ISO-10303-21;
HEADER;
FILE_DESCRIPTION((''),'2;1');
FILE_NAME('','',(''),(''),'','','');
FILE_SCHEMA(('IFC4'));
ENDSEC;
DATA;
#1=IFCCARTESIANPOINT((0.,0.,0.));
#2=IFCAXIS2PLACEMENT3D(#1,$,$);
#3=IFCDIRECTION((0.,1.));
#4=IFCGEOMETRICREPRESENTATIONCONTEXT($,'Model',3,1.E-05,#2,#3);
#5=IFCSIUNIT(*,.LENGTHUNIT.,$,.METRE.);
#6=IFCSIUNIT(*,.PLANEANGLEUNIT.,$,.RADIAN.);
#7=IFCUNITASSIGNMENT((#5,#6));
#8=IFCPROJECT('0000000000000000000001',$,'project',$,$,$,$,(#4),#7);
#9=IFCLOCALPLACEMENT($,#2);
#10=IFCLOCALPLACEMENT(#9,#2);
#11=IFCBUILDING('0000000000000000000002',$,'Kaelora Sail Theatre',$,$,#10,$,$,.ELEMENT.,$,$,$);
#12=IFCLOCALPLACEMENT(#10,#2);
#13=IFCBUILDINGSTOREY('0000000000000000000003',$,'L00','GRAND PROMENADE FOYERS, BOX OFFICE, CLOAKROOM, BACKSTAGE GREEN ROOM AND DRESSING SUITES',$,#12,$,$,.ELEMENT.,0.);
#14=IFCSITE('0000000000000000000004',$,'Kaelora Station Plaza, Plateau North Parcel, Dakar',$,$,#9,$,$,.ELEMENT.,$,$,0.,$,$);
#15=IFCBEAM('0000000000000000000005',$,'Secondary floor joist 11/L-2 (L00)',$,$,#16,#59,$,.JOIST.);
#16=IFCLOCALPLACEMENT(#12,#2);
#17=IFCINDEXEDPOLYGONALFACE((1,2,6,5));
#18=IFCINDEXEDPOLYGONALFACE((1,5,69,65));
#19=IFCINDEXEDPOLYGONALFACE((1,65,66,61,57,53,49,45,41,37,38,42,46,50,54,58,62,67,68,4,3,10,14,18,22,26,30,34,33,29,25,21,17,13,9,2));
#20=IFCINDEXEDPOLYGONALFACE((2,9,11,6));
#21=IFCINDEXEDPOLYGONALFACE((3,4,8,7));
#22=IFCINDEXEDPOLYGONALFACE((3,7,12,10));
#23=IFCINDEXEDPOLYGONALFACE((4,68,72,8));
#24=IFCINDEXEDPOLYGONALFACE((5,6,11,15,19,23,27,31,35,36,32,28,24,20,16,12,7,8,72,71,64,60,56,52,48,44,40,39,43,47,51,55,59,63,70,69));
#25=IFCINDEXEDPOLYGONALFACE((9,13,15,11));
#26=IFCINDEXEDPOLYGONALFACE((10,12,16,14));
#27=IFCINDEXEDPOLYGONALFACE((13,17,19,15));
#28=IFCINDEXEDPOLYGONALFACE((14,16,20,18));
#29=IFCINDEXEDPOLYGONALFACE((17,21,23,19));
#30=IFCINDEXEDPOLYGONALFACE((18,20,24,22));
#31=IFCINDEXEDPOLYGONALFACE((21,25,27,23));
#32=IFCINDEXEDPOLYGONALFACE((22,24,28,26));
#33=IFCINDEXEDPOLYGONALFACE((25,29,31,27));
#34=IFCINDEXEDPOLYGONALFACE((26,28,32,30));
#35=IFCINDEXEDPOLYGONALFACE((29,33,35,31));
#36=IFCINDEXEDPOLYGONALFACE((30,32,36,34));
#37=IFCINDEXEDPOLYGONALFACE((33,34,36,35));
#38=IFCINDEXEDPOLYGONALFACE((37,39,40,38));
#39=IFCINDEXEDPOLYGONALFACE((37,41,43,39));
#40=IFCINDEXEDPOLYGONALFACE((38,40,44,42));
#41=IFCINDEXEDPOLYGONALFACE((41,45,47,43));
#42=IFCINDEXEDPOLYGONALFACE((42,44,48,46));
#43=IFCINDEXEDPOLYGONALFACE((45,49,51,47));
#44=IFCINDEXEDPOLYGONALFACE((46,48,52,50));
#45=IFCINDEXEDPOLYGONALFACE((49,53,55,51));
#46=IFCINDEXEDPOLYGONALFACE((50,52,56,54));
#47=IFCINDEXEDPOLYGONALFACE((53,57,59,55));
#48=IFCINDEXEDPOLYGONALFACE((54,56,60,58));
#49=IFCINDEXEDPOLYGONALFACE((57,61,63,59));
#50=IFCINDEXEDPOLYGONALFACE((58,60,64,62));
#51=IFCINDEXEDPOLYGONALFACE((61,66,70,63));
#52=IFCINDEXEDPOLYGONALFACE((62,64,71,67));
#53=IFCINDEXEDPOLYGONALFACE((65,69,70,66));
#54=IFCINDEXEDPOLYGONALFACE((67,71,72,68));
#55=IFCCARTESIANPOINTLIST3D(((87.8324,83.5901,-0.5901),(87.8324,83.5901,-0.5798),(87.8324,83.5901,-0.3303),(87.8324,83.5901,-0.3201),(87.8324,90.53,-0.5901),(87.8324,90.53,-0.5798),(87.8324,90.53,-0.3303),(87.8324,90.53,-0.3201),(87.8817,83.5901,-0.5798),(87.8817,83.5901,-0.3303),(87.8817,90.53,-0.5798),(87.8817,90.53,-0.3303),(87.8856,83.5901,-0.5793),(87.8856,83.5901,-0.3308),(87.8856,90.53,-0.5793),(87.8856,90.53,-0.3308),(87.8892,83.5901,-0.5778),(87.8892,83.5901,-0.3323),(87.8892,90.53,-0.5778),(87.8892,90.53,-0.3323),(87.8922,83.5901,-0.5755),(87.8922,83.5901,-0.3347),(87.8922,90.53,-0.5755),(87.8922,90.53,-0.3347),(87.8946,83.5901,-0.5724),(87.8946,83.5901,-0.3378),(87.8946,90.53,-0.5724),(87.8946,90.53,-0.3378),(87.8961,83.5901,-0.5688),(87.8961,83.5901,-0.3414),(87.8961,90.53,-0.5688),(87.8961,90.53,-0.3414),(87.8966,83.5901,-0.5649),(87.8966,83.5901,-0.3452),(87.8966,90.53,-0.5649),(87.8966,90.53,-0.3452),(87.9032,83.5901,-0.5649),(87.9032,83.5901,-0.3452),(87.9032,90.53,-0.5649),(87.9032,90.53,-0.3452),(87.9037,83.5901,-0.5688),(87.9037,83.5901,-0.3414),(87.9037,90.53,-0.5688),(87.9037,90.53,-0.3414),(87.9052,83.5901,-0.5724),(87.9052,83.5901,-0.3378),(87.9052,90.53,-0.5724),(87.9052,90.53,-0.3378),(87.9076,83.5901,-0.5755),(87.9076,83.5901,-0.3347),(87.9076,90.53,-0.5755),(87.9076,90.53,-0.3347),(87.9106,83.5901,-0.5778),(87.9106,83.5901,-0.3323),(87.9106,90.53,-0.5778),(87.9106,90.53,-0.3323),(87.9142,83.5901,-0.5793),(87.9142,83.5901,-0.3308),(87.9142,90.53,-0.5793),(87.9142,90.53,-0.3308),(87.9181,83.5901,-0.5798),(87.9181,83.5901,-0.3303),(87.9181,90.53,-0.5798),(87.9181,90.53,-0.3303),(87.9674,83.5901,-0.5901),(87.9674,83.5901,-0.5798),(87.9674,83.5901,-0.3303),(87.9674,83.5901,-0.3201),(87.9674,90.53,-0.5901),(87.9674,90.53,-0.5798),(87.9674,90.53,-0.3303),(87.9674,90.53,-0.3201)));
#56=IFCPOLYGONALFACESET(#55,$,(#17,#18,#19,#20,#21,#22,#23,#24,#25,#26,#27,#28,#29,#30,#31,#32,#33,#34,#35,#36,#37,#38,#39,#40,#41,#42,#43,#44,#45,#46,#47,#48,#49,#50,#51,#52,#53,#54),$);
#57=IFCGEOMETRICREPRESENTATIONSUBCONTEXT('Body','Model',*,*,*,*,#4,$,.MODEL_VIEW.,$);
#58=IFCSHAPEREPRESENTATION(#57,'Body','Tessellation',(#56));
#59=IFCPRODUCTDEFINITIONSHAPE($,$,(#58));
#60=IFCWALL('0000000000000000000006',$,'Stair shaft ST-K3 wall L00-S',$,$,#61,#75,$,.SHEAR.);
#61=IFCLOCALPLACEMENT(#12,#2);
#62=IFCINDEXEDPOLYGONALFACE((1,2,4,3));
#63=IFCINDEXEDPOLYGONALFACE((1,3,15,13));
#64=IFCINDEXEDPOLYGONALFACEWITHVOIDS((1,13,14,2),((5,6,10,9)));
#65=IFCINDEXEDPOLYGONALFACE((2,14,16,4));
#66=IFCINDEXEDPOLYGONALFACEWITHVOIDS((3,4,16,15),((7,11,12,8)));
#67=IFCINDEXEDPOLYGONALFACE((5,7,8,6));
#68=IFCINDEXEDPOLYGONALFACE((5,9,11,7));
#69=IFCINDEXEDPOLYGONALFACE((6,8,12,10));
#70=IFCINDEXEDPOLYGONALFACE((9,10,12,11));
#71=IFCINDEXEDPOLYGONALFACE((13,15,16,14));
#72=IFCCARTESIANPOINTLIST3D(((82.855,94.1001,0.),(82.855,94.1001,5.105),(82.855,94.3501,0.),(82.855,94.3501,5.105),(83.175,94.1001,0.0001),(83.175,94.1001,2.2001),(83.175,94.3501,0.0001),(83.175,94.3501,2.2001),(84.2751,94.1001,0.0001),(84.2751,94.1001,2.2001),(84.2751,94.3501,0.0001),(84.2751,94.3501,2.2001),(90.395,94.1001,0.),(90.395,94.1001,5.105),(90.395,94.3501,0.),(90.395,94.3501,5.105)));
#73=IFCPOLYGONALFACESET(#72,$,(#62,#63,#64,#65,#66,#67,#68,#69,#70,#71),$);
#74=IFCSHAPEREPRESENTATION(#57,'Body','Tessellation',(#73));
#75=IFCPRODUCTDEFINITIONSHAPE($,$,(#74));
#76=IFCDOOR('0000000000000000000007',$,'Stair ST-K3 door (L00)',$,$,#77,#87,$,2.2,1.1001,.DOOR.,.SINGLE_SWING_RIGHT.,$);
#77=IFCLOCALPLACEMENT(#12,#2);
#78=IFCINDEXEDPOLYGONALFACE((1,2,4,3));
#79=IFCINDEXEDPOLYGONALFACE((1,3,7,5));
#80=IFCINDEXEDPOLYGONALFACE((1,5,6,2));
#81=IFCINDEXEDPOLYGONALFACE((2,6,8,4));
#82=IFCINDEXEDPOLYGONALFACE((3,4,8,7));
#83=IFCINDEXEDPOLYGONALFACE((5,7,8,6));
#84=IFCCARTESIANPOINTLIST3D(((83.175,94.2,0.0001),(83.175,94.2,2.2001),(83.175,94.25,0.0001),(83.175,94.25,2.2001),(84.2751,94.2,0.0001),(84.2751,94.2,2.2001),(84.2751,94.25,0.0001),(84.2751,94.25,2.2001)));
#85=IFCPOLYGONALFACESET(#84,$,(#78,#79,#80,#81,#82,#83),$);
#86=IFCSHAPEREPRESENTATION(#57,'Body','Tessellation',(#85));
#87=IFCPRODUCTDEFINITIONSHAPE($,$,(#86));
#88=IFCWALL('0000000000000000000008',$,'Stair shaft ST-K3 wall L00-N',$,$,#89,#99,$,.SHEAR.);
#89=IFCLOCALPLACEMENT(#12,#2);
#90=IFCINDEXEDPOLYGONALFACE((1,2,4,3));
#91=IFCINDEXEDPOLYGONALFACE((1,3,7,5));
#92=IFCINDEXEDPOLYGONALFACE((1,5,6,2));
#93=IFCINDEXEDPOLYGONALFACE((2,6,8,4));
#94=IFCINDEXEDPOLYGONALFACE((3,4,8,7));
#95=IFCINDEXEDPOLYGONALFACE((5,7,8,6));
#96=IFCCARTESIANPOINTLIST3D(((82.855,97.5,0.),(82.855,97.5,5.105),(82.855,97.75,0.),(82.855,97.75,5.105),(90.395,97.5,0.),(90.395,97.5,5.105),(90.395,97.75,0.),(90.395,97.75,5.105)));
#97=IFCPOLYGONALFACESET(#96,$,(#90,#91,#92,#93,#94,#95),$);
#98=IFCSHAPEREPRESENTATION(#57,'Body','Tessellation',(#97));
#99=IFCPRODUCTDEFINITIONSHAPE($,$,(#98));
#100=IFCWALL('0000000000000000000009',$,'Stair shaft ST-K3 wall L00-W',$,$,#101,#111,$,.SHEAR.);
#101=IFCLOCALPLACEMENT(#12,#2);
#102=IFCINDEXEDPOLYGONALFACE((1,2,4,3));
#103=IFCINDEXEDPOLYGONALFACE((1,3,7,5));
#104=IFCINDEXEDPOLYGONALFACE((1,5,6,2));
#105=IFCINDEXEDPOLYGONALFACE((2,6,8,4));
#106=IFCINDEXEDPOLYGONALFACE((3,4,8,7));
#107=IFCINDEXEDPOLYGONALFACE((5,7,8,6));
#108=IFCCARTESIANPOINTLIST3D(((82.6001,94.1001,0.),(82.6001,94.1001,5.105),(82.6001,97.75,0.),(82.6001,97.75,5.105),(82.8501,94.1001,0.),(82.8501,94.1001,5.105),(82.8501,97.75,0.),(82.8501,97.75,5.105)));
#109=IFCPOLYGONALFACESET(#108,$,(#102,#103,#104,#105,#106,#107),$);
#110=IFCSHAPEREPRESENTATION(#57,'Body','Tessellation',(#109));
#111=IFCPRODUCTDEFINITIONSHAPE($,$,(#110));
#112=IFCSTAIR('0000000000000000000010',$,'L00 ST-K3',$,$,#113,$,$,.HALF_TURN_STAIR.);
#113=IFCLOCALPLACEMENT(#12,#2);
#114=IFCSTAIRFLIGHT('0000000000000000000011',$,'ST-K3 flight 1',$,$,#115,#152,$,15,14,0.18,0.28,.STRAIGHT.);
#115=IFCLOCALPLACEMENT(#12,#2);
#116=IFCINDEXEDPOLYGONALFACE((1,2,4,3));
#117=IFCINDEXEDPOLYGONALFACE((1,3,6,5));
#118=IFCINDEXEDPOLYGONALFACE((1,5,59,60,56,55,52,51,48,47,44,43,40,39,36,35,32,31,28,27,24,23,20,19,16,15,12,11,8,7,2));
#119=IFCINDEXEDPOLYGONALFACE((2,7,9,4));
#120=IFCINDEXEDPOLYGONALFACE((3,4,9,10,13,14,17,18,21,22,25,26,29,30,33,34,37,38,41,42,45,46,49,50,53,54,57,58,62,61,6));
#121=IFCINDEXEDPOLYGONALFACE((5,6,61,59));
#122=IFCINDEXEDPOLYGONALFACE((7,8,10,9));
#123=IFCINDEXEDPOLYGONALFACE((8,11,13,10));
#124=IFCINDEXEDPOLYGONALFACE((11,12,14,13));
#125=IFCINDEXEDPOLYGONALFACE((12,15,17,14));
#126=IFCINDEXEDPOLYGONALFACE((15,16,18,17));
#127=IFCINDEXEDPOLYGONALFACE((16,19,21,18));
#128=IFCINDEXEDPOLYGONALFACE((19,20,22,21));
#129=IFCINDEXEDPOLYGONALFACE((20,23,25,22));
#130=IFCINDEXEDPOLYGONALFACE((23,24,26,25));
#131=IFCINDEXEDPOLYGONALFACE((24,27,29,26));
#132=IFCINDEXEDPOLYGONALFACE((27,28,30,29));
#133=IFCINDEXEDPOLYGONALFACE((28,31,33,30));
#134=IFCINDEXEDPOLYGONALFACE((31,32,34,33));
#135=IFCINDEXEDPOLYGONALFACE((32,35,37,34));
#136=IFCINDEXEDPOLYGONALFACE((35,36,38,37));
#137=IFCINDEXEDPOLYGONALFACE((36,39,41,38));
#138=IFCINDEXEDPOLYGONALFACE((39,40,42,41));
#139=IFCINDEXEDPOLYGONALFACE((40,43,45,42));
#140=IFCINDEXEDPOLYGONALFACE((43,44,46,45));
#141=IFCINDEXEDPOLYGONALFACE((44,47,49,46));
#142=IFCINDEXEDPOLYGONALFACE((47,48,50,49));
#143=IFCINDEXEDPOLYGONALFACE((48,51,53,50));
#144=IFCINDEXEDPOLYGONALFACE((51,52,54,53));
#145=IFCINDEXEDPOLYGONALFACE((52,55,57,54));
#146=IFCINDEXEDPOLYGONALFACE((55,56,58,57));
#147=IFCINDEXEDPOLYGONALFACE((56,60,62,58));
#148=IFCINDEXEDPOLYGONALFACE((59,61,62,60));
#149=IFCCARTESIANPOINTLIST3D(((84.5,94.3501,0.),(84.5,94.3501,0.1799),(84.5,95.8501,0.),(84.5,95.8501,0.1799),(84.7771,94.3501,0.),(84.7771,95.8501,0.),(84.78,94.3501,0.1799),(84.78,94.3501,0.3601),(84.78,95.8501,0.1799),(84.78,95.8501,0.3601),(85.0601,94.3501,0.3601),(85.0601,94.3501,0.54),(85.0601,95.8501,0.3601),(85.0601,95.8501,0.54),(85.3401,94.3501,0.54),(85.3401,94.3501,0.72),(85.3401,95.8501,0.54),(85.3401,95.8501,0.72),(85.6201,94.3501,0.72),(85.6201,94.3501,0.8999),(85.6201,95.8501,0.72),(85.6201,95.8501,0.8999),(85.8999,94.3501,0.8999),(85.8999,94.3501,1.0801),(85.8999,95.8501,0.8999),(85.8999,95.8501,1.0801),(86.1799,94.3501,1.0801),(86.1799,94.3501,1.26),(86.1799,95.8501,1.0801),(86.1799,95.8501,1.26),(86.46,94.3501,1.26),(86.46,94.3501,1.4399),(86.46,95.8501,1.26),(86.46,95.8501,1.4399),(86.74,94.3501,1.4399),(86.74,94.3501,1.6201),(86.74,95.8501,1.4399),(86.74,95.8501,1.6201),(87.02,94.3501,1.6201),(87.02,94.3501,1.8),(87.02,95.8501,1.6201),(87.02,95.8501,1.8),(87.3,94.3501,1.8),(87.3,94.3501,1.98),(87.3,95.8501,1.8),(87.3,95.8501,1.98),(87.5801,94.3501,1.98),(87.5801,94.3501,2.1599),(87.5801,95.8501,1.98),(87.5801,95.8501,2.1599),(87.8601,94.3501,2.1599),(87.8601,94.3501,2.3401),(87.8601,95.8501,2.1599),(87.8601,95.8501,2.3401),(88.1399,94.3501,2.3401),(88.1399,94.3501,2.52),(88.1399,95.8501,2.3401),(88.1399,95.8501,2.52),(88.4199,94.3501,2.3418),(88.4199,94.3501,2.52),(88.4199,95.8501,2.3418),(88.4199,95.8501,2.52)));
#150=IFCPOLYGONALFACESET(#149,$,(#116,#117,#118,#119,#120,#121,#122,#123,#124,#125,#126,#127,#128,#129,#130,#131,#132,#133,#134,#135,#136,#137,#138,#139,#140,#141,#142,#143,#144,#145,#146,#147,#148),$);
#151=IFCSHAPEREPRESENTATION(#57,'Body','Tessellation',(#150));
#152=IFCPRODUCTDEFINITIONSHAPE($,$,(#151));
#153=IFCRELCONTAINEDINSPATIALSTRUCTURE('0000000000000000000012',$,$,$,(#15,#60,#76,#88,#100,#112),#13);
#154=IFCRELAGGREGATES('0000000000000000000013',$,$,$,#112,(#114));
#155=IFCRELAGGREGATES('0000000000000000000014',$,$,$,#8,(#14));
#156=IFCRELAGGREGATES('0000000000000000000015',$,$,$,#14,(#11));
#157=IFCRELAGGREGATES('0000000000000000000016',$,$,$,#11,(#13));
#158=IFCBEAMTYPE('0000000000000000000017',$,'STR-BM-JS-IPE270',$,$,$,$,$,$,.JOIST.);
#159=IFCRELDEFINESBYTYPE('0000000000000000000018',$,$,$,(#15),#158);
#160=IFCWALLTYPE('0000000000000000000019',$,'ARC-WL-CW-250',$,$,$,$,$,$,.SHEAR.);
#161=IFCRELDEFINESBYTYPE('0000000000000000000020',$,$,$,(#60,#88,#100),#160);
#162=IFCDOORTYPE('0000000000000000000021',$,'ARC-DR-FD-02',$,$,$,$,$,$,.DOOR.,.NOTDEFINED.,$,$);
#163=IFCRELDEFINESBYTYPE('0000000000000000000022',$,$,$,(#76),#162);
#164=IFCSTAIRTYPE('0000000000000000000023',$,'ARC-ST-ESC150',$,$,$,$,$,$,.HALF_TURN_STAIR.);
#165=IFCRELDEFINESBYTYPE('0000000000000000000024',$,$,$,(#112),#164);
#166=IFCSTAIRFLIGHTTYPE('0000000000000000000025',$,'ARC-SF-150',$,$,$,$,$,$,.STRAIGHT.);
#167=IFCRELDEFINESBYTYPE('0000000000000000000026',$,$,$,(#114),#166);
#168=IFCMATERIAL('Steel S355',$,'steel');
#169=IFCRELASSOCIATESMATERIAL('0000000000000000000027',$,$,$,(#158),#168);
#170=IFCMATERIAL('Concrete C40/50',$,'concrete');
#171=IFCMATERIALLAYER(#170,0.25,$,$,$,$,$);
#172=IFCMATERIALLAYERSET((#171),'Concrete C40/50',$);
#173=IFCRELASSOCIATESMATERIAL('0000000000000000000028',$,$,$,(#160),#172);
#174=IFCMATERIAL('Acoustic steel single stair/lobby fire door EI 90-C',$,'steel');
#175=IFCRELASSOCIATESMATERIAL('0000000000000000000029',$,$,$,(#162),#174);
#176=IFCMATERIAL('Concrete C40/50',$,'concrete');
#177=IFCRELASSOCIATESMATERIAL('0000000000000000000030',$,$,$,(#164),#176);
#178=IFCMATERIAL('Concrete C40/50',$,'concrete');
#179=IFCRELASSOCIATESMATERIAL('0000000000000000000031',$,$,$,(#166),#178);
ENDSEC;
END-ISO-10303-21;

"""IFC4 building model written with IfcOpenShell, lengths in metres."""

from ifc_helpers import new_model, si_unit, direction, frame, frame_2d, origin, origin_2d, place, context, subcontext, project, spatial, polyline, rectangle, i_section, outline, extrude, material, layer, layer_set, material_profile, profile_set, type_object, element, fill, aggregate, save


model = new_model("IFC4")

# Units and contexts
model_context = context("Model", 3, precision=1e-05, world=origin(), true_north=direction((0.0, 1.0)))
body_context = subcontext(model_context, "Body", "Model", "MODEL_VIEW")
ifc_project = project(units=[si_unit("LENGTHUNIT", "METRE"), si_unit("PLANEANGLEUNIT", "RADIAN")], contexts=[model_context])

# Site, building, storey
site_placement = place(None, origin())
site = spatial("IfcSite", under=ifc_project, at=site_placement, Name="Kaelora Station Plaza, Plateau North Parcel, Dakar", CompositionType="ELEMENT", RefElevation=0.0)
building_placement = place(site_placement, origin())
building = spatial("IfcBuilding", under=site, at=building_placement, Name="Kaelora Sail Theatre", CompositionType="ELEMENT")
storey_placement = place(building_placement, origin())
storey = spatial("IfcBuildingStorey", under=building, at=storey_placement, Name="L00", Description="GRAND PROMENADE FOYERS, BOX OFFICE, CLOAKROOM, BACKSTAGE GREEN ROOM AND DRESSING SUITES", CompositionType="ELEMENT", Elevation=0.0)

# Beam
ifc_material_1 = material(Name="Steel S355", Category="steel")
ifc_material_profile_1 = material_profile(ifc_material_1, i_section(OverallWidth=0.135, OverallDepth=0.27, WebThickness=0.0066, FlangeThickness=0.0103, FilletRadius=0.0149, at=origin_2d()), Name="IPE 270")
ifc_profile_set_1 = profile_set([ifc_material_profile_1], Name="Steel S355")
beam_type_1 = type_object("IfcBeamType", Name="STR-BM-JS-IPE270", PredefinedType="JOIST", material=ifc_profile_set_1)
for number, where, z_axis, x_axis, name in (
    (1, (87.8999, 83.5901, -0.4551), (0.0, 1.0, 0.0), (-1.0, 0.0, 0.0), "Secondary floor joist 11/L-2 (L00)"),
):
    element("IfcBeam", number, at=place(storey_placement, frame(where, z_axis=z_axis, x_axis=x_axis)), inside=storey, type_object=beam_type_1, Name=name, PredefinedType="JOIST", context=body_context, shape_type="SweptSolid", body=[
        extrude(i_section(OverallWidth=0.135, OverallDepth=0.27, WebThickness=0.0066, FlangeThickness=0.0103, FilletRadius=0.0149, at=origin_2d()), origin(), (0.0, 0.0, 1.0), 6.9399),
    ])

# Wall, opening, door
ifc_material_2 = material(Name="Concrete C40/50", Category="concrete")
ifc_layer = layer(ifc_material_2, 0.25)
ifc_layer_set = layer_set([ifc_layer], Name="Concrete C40/50")
wall_type = type_object("IfcWallType", Name="ARC-WL-CW-250", PredefinedType="SHEAR", material=ifc_layer_set)
wall_1_placement = place(storey_placement, frame((82.855, 94.2251, 0.0), z_axis=(0.0, 0.0, 1.0), x_axis=(1.0, 0.0, 0.0)))
wall_1 = element("IfcWall", 2, at=wall_1_placement, inside=storey, type_object=wall_type, Name="Stair shaft ST-K3 wall L00-S", PredefinedType="SHEAR", context=body_context, shape_type="SweptSolid", body=[
    extrude(rectangle(XDim=7.54, YDim=0.25, at=frame_2d((3.77, 0.0))), origin(), (0.0, 0.0, 1.0), 5.105),
])
opening_placement = place(wall_1_placement, frame((0.3201, 0.0, 0.0)))
opening = element("IfcOpeningElement", 3, at=opening_placement, cuts=wall_1, PredefinedType="OPENING", context=body_context, shape_type="SweptSolid", body=[
    extrude(rectangle(XDim=1.1001, YDim=2.2, at=frame_2d((0.55, 1.1001))), frame((0.0, 0.135, 0.0), z_axis=(0.0, -1.0, 0.0), x_axis=(1.0, 0.0, 0.0)), (0.0, 0.0, 1.0), 0.27),
])
ifc_material_3 = material(Name="Acoustic steel single stair/lobby fire door EI 90-C", Category="steel")
door_type = type_object("IfcDoorType", Name="ARC-DR-FD-02", OperationType="NOTDEFINED", PredefinedType="DOOR", material=ifc_material_3)
door_placement = place(opening_placement, origin())
door = element("IfcDoor", 4, at=door_placement, inside=storey, type_object=door_type, Name="Stair ST-K3 door (L00)", OperationType="SINGLE_SWING_RIGHT", OverallHeight=2.2, OverallWidth=1.1001, PredefinedType="DOOR", context=body_context, shape_type="SweptSolid", body=[
    extrude(rectangle(XDim=1.1001, YDim=2.2, at=frame_2d((0.55, 1.1001))), frame((0.0, 0.0249, 0.0), z_axis=(0.0, -1.0, 0.0), x_axis=(1.0, 0.0, 0.0)), (0.0, 0.0, 1.0), 0.05),
])
fill(opening, door)

# Walls
wall_2_placement = place(storey_placement, frame((82.855, 97.625, 0.0), z_axis=(0.0, 0.0, 1.0), x_axis=(1.0, 0.0, 0.0)))
element("IfcWall", 5, at=wall_2_placement, inside=storey, type_object=wall_type, Name="Stair shaft ST-K3 wall L00-N", PredefinedType="SHEAR", context=body_context, shape_type="SweptSolid", body=[
    extrude(rectangle(XDim=7.54, YDim=0.25, at=frame_2d((3.77, 0.0))), origin(), (0.0, 0.0, 1.0), 5.105),
])
wall_3_placement = place(storey_placement, frame((82.7251, 94.1001, 0.0), z_axis=(0.0, 0.0, 1.0), x_axis=(0.0, 1.0, 0.0)))
element("IfcWall", 6, at=wall_3_placement, inside=storey, type_object=wall_type, Name="Stair shaft ST-K3 wall L00-W", PredefinedType="SHEAR", context=body_context, shape_type="SweptSolid", body=[
    extrude(rectangle(XDim=3.6499, YDim=0.25, at=frame_2d((1.825, 0.0))), origin(), (0.0, 0.0, 1.0), 5.105),
])

# Stair, stair flight
ifc_material_4 = material(Name="Concrete C40/50", Category="concrete")
stair_type = type_object("IfcStairType", Name="ARC-ST-ESC150", PredefinedType="HALF_TURN_STAIR", material=ifc_material_4)
stair_placement = place(storey_placement, origin())
stair = element("IfcStair", 7, at=stair_placement, inside=storey, type_object=stair_type, Name="L00 ST-K3", PredefinedType="HALF_TURN_STAIR")
ifc_material_5 = material(Name="Concrete C40/50", Category="concrete")
stair_flight_type = type_object("IfcStairFlightType", Name="ARC-SF-150", PredefinedType="STRAIGHT", material=ifc_material_5)
stair_flight_1_placement = place(storey_placement, frame((84.5, 95.1001, 0.0), z_axis=(0.0, 0.0, 1.0), x_axis=(1.0, 0.0, 0.0)))
stair_flight_1 = element("IfcStairFlight", 8, at=stair_flight_1_placement, type_object=stair_flight_type, Name="ST-K3 flight 1", NumberOfRisers=15, NumberOfTreads=14, PredefinedType="STRAIGHT", RiserHeight=0.18, TreadLength=0.28, context=body_context, shape_type="SweptSolid", body=[
    extrude(outline(polyline([(0.0, 0.0), (0.0, 0.1799), (0.28, 0.1799), (0.28, 0.3601), (0.5601, 0.3601), (0.5601, 0.54), (0.8401, 0.54), (0.8401, 0.72), (1.1201, 0.72), (1.1201, 0.8999), (1.3999, 0.8999), (1.3999, 1.0801), (1.6799, 1.0801), (1.6799, 1.26), (1.96, 1.26), (1.96, 1.4399), (2.24, 1.4399), (2.24, 1.6201), (2.52, 1.6201), (2.52, 1.8), (2.8, 1.8), (2.8, 1.98), (3.0801, 1.98), (3.0801, 2.1599), (3.3601, 2.1599), (3.3601, 2.3401), (3.6399, 2.3401), (3.6399, 2.52), (3.9199, 2.52), (3.9199, 2.7), (3.9199, 2.3418), (0.2771, 0.0), (0.0, 0.0)])), frame((0.0, 0.75, 0.0), z_axis=(0.0, -1.0, 0.0), x_axis=(1.0, 0.0, 0.0)), (0.0, 0.0, 1.0), 1.5),
])
aggregate(stair, [stair_flight_1])

save(model, "model.ifc")
